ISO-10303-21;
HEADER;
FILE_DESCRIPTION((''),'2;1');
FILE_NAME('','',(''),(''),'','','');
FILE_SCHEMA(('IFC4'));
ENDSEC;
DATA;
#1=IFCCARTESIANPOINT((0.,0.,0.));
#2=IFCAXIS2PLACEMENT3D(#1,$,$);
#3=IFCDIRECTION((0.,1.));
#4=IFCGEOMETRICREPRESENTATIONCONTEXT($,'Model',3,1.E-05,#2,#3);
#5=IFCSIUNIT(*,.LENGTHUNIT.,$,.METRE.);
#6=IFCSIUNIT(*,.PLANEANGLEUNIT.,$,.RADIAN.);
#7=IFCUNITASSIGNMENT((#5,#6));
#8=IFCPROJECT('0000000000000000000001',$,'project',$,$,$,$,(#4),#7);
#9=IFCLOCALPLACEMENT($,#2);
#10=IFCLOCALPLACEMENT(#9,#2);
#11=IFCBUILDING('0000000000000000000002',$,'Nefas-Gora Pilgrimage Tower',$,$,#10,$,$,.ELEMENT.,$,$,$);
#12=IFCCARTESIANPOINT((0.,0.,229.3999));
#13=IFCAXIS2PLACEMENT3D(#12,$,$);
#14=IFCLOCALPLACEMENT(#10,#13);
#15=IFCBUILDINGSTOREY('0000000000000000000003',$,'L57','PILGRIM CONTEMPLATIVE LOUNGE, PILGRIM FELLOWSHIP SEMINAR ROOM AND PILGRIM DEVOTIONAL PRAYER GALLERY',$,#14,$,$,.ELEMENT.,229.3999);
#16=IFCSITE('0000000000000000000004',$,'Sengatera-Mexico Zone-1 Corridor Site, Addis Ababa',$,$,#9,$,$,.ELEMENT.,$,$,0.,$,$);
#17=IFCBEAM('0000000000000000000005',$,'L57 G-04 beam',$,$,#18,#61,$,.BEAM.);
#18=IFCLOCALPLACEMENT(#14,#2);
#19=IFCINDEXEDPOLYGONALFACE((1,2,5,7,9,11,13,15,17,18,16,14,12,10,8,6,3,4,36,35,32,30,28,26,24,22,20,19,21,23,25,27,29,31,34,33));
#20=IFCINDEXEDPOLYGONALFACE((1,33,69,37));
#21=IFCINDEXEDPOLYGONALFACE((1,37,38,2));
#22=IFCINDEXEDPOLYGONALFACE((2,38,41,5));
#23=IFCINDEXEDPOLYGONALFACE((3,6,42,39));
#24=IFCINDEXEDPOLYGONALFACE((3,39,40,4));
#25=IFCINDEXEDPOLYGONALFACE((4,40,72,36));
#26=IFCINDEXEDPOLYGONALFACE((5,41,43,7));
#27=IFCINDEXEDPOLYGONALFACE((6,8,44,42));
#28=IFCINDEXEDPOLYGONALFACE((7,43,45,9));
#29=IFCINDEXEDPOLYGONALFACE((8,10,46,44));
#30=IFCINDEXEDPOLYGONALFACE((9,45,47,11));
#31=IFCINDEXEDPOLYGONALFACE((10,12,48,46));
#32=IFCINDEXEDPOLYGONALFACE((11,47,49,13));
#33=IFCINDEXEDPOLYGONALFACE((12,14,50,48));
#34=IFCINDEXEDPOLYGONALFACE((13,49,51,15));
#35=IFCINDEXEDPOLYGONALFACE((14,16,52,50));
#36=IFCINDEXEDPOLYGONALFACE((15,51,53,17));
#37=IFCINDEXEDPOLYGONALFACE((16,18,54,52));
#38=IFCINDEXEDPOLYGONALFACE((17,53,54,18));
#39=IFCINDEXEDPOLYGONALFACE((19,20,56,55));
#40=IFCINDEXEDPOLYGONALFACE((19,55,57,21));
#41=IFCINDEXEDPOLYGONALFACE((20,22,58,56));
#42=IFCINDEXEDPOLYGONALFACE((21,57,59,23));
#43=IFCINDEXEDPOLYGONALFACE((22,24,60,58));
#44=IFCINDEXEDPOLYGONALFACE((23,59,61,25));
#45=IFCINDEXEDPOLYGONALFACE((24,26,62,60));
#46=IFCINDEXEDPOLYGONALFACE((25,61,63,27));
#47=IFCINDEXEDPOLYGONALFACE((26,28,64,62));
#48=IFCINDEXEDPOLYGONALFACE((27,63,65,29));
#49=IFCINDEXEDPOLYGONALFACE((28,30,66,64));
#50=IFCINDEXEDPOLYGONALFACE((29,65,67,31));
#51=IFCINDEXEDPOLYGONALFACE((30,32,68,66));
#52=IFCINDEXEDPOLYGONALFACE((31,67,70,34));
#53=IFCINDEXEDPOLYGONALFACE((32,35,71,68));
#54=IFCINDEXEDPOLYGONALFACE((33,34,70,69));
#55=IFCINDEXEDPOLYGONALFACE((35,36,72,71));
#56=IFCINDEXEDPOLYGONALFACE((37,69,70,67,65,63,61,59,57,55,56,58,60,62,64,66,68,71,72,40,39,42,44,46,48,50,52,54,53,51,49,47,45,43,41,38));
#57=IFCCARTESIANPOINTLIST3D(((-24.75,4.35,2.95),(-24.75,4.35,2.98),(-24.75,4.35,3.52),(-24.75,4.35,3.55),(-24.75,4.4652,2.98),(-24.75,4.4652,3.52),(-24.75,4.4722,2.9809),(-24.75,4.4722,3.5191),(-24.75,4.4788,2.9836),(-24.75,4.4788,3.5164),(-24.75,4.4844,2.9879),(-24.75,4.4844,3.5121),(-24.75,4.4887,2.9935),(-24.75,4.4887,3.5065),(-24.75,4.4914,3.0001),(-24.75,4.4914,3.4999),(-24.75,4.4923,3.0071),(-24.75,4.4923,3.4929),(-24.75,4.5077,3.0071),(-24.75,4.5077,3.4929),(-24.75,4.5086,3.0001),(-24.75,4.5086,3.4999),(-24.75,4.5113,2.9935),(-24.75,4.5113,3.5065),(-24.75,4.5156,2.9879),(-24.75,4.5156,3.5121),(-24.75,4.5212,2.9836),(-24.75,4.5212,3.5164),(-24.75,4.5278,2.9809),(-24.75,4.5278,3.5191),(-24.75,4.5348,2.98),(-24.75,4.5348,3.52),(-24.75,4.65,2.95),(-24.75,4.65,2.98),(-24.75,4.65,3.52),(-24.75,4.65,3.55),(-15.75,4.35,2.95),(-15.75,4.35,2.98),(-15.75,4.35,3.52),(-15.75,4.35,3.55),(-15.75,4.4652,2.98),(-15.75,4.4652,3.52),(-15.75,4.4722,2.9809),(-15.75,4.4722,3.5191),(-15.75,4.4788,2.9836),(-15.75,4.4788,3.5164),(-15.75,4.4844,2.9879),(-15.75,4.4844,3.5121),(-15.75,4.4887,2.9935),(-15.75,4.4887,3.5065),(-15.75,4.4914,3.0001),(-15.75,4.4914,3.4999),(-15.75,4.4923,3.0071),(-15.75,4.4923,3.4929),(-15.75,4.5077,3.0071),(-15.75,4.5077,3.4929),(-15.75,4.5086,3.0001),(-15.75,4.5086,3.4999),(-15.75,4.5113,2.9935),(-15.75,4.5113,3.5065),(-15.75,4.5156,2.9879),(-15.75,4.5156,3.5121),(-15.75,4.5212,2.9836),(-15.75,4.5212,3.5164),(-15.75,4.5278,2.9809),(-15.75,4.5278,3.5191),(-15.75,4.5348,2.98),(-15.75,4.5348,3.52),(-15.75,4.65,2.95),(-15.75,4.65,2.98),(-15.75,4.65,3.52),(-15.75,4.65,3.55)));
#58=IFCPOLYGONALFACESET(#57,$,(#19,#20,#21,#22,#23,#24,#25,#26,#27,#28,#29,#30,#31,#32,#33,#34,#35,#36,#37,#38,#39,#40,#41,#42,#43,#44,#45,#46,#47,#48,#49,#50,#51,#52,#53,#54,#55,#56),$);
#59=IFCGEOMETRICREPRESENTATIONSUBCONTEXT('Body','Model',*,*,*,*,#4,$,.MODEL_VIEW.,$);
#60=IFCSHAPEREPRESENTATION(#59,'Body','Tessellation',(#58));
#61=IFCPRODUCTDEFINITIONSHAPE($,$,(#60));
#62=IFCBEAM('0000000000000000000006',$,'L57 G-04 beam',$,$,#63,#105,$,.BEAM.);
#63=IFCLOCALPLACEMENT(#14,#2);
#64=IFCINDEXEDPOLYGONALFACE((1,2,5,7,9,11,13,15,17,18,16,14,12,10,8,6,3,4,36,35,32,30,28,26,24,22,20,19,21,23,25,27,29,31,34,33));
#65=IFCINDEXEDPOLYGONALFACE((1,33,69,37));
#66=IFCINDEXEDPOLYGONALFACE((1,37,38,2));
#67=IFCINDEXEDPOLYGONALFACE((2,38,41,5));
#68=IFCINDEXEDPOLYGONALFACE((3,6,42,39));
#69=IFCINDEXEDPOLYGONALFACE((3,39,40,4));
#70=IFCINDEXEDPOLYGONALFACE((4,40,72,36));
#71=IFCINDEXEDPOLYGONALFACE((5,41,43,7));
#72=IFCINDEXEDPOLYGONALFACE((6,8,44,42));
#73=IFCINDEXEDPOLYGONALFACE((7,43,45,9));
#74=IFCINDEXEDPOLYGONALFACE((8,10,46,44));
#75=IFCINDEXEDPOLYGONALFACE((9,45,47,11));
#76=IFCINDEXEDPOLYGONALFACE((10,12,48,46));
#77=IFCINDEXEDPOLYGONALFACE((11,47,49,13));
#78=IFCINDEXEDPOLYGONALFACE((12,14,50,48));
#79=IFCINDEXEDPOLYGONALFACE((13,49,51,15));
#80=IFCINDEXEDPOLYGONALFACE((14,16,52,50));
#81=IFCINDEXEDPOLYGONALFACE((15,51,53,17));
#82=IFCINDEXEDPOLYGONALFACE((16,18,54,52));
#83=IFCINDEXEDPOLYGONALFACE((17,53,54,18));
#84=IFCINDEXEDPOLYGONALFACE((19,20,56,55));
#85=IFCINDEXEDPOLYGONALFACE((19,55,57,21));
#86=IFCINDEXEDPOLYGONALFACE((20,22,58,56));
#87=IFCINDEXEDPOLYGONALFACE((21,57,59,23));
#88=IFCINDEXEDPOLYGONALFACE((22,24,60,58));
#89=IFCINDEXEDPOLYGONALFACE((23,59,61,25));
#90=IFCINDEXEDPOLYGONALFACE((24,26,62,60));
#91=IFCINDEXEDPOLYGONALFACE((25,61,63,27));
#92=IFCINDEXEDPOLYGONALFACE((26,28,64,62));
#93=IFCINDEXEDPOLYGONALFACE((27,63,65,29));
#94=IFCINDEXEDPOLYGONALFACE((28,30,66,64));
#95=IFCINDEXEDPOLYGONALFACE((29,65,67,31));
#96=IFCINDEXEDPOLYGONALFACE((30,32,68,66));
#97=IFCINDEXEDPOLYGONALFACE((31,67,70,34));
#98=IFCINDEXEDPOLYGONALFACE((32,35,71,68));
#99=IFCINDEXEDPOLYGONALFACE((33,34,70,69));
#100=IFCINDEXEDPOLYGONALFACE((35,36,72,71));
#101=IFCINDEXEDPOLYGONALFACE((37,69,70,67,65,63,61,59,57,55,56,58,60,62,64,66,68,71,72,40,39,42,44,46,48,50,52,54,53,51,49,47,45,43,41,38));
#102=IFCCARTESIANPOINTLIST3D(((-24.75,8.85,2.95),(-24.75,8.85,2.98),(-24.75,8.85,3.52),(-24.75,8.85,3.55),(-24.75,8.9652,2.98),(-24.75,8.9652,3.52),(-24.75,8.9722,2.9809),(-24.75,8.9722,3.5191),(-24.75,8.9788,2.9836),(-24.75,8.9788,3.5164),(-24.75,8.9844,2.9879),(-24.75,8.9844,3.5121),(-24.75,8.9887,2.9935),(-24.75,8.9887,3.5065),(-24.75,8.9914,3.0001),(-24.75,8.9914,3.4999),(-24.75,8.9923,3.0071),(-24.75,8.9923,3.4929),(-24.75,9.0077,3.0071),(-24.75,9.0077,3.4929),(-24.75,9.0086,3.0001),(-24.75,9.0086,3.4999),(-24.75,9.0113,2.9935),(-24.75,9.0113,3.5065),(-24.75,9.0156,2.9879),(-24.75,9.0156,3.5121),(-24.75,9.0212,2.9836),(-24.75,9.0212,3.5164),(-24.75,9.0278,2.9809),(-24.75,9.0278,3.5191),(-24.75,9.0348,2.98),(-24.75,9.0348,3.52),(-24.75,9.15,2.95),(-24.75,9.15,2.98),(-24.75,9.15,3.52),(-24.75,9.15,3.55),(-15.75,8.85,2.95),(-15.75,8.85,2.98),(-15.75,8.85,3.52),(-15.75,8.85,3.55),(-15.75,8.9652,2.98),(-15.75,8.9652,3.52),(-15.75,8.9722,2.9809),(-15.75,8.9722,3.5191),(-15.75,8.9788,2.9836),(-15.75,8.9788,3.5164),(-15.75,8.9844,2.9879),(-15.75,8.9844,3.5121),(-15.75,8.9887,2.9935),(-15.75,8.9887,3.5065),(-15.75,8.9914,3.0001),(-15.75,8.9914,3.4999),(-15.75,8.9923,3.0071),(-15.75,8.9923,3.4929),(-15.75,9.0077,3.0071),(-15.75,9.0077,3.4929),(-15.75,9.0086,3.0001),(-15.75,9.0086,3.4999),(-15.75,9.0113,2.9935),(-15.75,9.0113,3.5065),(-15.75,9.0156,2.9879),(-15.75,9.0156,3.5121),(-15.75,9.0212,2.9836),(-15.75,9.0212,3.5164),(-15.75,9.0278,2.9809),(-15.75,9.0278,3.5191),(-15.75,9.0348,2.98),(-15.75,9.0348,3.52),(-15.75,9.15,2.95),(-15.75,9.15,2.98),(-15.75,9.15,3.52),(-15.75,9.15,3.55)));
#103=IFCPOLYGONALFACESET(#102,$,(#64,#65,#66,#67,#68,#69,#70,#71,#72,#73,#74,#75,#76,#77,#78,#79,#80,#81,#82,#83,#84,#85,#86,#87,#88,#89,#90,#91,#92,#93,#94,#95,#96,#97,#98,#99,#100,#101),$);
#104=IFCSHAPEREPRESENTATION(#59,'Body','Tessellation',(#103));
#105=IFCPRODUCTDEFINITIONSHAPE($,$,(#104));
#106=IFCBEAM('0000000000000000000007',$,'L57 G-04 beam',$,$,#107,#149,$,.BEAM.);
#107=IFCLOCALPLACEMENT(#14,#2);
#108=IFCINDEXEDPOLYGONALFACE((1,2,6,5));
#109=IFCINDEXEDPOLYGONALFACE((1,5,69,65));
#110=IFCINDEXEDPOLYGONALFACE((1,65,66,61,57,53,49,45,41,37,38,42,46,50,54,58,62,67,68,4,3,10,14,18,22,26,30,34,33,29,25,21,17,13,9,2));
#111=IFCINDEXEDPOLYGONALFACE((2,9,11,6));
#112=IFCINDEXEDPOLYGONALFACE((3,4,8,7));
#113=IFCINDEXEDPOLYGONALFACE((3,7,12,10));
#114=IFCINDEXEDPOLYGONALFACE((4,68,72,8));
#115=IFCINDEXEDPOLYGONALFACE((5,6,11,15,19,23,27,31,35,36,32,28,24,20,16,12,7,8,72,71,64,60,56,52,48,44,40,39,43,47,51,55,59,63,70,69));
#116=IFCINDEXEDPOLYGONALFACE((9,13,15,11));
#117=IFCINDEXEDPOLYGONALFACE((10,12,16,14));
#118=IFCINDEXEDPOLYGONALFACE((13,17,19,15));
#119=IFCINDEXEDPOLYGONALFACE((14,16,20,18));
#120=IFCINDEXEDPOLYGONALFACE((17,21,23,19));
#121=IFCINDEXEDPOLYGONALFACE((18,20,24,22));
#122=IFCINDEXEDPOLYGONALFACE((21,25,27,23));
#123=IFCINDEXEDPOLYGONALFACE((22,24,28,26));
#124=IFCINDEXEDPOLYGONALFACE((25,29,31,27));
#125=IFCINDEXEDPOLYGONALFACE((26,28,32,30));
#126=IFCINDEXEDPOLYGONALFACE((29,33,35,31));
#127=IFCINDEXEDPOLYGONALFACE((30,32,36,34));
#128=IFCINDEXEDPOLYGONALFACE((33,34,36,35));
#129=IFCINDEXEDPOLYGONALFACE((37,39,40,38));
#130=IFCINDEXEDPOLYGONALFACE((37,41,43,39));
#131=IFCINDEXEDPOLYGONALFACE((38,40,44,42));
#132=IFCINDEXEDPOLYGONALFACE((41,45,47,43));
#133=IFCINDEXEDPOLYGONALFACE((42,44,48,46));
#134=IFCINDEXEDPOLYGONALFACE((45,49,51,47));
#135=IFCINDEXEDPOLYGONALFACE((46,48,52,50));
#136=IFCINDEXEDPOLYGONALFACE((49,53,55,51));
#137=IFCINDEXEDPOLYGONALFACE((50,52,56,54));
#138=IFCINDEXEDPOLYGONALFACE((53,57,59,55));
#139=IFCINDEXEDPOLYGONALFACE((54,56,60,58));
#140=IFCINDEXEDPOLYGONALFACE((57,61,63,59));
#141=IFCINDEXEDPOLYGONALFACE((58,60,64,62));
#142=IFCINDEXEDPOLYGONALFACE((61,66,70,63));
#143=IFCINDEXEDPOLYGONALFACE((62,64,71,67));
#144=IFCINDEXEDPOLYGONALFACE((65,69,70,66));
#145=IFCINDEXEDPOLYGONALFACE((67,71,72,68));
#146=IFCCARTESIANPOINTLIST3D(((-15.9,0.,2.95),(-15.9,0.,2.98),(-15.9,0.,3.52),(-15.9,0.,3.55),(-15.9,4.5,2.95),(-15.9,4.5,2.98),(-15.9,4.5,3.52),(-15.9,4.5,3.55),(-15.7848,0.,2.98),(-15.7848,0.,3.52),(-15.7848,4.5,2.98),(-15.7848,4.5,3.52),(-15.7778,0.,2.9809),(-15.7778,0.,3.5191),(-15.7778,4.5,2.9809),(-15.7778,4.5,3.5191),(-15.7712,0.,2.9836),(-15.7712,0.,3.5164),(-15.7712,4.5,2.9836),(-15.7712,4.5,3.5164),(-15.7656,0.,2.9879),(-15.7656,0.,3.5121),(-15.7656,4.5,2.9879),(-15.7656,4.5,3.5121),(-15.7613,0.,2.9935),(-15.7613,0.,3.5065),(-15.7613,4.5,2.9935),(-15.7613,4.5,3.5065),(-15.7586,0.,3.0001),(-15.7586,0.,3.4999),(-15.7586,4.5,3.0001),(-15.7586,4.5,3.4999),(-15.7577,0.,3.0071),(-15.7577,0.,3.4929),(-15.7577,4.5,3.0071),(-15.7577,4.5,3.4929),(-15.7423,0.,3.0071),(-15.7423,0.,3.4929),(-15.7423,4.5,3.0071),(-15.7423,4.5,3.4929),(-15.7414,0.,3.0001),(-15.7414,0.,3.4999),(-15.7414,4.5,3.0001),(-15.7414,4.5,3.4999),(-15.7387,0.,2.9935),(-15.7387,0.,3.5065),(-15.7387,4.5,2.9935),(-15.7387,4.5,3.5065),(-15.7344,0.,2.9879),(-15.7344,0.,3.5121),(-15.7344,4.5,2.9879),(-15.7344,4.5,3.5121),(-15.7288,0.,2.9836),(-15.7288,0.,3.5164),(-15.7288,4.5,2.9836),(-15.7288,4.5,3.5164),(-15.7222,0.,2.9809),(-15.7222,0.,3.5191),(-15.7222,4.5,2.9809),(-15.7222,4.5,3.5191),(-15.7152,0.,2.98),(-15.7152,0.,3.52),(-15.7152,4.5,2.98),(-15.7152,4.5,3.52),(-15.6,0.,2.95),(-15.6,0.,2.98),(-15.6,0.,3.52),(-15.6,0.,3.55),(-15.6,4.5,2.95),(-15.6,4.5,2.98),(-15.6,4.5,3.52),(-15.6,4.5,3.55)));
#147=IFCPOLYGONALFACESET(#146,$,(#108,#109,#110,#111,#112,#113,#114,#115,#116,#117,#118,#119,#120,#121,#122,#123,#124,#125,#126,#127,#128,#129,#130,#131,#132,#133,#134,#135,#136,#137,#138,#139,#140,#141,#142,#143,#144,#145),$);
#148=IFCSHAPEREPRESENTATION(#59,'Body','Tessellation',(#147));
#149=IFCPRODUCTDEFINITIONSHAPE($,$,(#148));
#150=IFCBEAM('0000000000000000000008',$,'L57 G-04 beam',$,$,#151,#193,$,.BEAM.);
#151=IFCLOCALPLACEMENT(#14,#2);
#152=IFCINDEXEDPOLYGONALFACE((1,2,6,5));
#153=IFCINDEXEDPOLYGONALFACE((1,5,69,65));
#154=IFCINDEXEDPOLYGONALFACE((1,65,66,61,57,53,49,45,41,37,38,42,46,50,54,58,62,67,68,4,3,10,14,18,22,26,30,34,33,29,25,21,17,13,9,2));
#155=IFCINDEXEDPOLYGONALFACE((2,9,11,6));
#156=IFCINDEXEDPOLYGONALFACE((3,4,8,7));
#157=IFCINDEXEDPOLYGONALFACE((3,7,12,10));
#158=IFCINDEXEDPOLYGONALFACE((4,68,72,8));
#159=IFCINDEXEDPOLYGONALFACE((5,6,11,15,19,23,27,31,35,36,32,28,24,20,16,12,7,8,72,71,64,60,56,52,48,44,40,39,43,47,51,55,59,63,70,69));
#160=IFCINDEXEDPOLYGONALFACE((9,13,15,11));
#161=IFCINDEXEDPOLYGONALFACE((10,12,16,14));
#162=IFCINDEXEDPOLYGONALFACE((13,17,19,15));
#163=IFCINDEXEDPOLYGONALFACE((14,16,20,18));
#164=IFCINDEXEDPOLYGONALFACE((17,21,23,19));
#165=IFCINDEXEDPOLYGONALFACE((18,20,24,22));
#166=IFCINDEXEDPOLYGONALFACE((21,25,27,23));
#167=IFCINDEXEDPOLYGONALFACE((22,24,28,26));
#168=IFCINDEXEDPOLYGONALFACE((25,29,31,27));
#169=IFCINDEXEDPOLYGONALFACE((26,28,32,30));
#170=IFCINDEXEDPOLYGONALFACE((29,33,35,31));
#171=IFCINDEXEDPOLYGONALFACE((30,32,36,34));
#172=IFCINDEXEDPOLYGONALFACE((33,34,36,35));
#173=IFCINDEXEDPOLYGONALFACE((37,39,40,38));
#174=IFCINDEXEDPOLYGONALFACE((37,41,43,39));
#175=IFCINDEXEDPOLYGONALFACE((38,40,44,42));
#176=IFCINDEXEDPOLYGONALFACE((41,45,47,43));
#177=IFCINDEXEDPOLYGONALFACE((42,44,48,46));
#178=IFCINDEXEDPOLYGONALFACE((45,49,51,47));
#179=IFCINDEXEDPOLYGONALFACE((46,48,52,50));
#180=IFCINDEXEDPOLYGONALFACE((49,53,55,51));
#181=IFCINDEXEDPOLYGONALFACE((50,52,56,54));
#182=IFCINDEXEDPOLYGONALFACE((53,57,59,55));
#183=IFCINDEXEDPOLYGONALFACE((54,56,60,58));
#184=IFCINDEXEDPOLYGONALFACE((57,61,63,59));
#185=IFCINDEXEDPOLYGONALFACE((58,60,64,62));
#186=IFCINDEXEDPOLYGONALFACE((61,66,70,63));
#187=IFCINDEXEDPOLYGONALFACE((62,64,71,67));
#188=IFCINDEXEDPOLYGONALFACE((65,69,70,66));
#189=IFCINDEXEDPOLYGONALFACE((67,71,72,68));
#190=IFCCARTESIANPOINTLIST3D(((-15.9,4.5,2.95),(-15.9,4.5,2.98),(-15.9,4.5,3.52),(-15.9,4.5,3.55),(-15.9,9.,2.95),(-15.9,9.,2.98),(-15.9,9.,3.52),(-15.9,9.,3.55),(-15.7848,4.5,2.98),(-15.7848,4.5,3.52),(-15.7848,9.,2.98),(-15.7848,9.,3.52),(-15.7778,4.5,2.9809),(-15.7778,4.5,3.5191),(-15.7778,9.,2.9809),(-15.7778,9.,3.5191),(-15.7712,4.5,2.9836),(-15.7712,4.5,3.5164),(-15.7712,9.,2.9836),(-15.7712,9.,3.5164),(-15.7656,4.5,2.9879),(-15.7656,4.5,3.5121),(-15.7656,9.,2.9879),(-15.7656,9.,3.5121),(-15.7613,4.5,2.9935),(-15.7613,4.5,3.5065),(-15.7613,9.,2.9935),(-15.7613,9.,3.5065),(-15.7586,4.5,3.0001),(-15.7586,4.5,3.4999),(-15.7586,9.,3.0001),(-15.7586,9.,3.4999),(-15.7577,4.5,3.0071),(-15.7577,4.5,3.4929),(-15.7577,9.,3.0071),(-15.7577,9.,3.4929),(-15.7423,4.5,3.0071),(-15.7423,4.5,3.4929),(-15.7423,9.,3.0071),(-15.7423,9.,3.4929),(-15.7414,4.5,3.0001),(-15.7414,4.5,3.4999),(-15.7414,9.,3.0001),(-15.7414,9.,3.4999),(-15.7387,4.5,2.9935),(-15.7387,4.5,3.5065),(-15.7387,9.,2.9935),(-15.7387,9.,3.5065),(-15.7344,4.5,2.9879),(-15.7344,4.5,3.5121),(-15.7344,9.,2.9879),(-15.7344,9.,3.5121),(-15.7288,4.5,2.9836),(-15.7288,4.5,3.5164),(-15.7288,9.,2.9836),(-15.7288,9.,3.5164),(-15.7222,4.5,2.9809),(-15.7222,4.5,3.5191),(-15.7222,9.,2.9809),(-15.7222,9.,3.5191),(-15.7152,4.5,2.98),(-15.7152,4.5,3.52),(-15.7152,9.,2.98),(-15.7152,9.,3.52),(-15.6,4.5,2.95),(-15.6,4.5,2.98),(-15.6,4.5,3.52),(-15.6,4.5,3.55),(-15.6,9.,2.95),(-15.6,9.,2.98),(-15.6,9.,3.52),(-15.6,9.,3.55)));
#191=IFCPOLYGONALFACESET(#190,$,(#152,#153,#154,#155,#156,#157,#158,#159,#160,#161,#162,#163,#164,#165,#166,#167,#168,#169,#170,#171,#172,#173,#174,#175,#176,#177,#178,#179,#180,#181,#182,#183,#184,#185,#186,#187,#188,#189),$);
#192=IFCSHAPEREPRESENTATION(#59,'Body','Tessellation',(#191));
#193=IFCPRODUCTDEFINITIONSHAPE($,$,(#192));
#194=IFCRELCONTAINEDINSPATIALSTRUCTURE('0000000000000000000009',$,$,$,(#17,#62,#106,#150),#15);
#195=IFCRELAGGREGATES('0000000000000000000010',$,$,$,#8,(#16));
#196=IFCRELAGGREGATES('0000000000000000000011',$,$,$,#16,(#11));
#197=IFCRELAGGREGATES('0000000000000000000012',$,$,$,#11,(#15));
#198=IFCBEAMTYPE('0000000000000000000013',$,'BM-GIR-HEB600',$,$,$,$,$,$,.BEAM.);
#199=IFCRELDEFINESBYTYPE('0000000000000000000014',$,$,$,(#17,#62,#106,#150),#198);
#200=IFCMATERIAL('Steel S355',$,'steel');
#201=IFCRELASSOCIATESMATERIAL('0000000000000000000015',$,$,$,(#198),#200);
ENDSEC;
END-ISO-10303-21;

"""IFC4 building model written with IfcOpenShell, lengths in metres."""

from ifc_helpers import new_model, si_unit, direction, frame, origin, origin_2d, place, context, subcontext, project, spatial, i_section, extrude, source, transform, mapped, material, material_profile, profile_set, type_object, element, save


model = new_model("IFC4")

# Units and contexts
model_context = context("Model", 3, precision=1e-05, world=origin(), true_north=direction((0.0, 1.0)))
body_context = subcontext(model_context, "Body", "Model", "MODEL_VIEW")
ifc_project = project(units=[si_unit("LENGTHUNIT", "METRE"), si_unit("PLANEANGLEUNIT", "RADIAN")], contexts=[model_context])

# Site, building, storey
site_placement = place(None, origin())
site = spatial("IfcSite", under=ifc_project, at=site_placement, Name="Sengatera-Mexico Zone-1 Corridor Site, Addis Ababa", CompositionType="ELEMENT", RefElevation=0.0)
building_placement = place(site_placement, origin())
building = spatial("IfcBuilding", under=site, at=building_placement, Name="Nefas-Gora Pilgrimage Tower", CompositionType="ELEMENT")
storey_placement = place(building_placement, frame((0.0, 0.0, 229.3999)))
storey = spatial("IfcBuildingStorey", under=building, at=storey_placement, Name="L57", Description="PILGRIM CONTEMPLATIVE LOUNGE, PILGRIM FELLOWSHIP SEMINAR ROOM AND PILGRIM DEVOTIONAL PRAYER GALLERY", CompositionType="ELEMENT", Elevation=229.3999)

# Beams
ifc_material_1 = material(Name="Steel S355", Category="steel")
ifc_material_profile_1 = material_profile(ifc_material_1, i_section(OverallWidth=0.3, OverallDepth=0.6001, WebThickness=0.0154, FlangeThickness=0.03, FilletRadius=0.0271, at=origin_2d()), Name="HEB 600")
ifc_profile_set_1 = profile_set([ifc_material_profile_1], Name="Steel S355")
beam_type_1 = type_object("IfcBeamType", Name="BM-GIR-HEB600", PredefinedType="BEAM", material=ifc_profile_set_1)
shared_shape_1 = source(origin(), body_context, "Body", "SweptSolid", [
    extrude(i_section(OverallWidth=0.3, OverallDepth=0.6001, WebThickness=0.0154, FlangeThickness=0.03, FilletRadius=0.0271, at=origin_2d()), origin(), (0.0, 0.0, 1.0), 9.0),
])
for number, where, z_axis, x_axis, name in (
    (1, (-24.75, 4.5, 3.25), (1.0, 0.0, 0.0), (0.0, 1.0, 0.0), "L57 G-04 beam"),
    (2, (-24.75, 9.0, 3.25), (1.0, 0.0, 0.0), (0.0, 1.0, 0.0), "L57 G-04 beam"),
):
    element("IfcBeam", number, at=place(storey_placement, frame(where, z_axis=z_axis, x_axis=x_axis)), inside=storey, type_object=beam_type_1, Name=name, PredefinedType="BEAM", context=body_context, shape_type="MappedRepresentation", body=[
        mapped(shared_shape_1, transform((0.0, 0.0, 0.0), x_axis=(1.0, 0.0, 0.0), y_axis=(0.0, 1.0, 0.0), z_axis=(0.0, 0.0, 1.0), scale=1.0)),
    ])
shared_shape_2 = source(origin(), body_context, "Body", "SweptSolid", [
    extrude(i_section(OverallWidth=0.3, OverallDepth=0.6001, WebThickness=0.0154, FlangeThickness=0.03, FilletRadius=0.0271, at=origin_2d()), origin(), (0.0, 0.0, 1.0), 4.5),
])
for number, where, z_axis, x_axis, name in (
    (3, (-15.75, 0.0, 3.25), (0.0, 1.0, 0.0), (-1.0, 0.0, 0.0), "L57 G-04 beam"),
    (4, (-15.75, 4.5, 3.25), (0.0, 1.0, 0.0), (-1.0, 0.0, 0.0), "L57 G-04 beam"),
):
    element("IfcBeam", number, at=place(storey_placement, frame(where, z_axis=z_axis, x_axis=x_axis)), inside=storey, type_object=beam_type_1, Name=name, PredefinedType="BEAM", context=body_context, shape_type="MappedRepresentation", body=[
        mapped(shared_shape_2, transform((0.0, 0.0, 0.0), x_axis=(1.0, 0.0, 0.0), y_axis=(0.0, 1.0, 0.0), z_axis=(0.0, 0.0, 1.0), scale=1.0)),
    ])

save(model, "model.ifc")
